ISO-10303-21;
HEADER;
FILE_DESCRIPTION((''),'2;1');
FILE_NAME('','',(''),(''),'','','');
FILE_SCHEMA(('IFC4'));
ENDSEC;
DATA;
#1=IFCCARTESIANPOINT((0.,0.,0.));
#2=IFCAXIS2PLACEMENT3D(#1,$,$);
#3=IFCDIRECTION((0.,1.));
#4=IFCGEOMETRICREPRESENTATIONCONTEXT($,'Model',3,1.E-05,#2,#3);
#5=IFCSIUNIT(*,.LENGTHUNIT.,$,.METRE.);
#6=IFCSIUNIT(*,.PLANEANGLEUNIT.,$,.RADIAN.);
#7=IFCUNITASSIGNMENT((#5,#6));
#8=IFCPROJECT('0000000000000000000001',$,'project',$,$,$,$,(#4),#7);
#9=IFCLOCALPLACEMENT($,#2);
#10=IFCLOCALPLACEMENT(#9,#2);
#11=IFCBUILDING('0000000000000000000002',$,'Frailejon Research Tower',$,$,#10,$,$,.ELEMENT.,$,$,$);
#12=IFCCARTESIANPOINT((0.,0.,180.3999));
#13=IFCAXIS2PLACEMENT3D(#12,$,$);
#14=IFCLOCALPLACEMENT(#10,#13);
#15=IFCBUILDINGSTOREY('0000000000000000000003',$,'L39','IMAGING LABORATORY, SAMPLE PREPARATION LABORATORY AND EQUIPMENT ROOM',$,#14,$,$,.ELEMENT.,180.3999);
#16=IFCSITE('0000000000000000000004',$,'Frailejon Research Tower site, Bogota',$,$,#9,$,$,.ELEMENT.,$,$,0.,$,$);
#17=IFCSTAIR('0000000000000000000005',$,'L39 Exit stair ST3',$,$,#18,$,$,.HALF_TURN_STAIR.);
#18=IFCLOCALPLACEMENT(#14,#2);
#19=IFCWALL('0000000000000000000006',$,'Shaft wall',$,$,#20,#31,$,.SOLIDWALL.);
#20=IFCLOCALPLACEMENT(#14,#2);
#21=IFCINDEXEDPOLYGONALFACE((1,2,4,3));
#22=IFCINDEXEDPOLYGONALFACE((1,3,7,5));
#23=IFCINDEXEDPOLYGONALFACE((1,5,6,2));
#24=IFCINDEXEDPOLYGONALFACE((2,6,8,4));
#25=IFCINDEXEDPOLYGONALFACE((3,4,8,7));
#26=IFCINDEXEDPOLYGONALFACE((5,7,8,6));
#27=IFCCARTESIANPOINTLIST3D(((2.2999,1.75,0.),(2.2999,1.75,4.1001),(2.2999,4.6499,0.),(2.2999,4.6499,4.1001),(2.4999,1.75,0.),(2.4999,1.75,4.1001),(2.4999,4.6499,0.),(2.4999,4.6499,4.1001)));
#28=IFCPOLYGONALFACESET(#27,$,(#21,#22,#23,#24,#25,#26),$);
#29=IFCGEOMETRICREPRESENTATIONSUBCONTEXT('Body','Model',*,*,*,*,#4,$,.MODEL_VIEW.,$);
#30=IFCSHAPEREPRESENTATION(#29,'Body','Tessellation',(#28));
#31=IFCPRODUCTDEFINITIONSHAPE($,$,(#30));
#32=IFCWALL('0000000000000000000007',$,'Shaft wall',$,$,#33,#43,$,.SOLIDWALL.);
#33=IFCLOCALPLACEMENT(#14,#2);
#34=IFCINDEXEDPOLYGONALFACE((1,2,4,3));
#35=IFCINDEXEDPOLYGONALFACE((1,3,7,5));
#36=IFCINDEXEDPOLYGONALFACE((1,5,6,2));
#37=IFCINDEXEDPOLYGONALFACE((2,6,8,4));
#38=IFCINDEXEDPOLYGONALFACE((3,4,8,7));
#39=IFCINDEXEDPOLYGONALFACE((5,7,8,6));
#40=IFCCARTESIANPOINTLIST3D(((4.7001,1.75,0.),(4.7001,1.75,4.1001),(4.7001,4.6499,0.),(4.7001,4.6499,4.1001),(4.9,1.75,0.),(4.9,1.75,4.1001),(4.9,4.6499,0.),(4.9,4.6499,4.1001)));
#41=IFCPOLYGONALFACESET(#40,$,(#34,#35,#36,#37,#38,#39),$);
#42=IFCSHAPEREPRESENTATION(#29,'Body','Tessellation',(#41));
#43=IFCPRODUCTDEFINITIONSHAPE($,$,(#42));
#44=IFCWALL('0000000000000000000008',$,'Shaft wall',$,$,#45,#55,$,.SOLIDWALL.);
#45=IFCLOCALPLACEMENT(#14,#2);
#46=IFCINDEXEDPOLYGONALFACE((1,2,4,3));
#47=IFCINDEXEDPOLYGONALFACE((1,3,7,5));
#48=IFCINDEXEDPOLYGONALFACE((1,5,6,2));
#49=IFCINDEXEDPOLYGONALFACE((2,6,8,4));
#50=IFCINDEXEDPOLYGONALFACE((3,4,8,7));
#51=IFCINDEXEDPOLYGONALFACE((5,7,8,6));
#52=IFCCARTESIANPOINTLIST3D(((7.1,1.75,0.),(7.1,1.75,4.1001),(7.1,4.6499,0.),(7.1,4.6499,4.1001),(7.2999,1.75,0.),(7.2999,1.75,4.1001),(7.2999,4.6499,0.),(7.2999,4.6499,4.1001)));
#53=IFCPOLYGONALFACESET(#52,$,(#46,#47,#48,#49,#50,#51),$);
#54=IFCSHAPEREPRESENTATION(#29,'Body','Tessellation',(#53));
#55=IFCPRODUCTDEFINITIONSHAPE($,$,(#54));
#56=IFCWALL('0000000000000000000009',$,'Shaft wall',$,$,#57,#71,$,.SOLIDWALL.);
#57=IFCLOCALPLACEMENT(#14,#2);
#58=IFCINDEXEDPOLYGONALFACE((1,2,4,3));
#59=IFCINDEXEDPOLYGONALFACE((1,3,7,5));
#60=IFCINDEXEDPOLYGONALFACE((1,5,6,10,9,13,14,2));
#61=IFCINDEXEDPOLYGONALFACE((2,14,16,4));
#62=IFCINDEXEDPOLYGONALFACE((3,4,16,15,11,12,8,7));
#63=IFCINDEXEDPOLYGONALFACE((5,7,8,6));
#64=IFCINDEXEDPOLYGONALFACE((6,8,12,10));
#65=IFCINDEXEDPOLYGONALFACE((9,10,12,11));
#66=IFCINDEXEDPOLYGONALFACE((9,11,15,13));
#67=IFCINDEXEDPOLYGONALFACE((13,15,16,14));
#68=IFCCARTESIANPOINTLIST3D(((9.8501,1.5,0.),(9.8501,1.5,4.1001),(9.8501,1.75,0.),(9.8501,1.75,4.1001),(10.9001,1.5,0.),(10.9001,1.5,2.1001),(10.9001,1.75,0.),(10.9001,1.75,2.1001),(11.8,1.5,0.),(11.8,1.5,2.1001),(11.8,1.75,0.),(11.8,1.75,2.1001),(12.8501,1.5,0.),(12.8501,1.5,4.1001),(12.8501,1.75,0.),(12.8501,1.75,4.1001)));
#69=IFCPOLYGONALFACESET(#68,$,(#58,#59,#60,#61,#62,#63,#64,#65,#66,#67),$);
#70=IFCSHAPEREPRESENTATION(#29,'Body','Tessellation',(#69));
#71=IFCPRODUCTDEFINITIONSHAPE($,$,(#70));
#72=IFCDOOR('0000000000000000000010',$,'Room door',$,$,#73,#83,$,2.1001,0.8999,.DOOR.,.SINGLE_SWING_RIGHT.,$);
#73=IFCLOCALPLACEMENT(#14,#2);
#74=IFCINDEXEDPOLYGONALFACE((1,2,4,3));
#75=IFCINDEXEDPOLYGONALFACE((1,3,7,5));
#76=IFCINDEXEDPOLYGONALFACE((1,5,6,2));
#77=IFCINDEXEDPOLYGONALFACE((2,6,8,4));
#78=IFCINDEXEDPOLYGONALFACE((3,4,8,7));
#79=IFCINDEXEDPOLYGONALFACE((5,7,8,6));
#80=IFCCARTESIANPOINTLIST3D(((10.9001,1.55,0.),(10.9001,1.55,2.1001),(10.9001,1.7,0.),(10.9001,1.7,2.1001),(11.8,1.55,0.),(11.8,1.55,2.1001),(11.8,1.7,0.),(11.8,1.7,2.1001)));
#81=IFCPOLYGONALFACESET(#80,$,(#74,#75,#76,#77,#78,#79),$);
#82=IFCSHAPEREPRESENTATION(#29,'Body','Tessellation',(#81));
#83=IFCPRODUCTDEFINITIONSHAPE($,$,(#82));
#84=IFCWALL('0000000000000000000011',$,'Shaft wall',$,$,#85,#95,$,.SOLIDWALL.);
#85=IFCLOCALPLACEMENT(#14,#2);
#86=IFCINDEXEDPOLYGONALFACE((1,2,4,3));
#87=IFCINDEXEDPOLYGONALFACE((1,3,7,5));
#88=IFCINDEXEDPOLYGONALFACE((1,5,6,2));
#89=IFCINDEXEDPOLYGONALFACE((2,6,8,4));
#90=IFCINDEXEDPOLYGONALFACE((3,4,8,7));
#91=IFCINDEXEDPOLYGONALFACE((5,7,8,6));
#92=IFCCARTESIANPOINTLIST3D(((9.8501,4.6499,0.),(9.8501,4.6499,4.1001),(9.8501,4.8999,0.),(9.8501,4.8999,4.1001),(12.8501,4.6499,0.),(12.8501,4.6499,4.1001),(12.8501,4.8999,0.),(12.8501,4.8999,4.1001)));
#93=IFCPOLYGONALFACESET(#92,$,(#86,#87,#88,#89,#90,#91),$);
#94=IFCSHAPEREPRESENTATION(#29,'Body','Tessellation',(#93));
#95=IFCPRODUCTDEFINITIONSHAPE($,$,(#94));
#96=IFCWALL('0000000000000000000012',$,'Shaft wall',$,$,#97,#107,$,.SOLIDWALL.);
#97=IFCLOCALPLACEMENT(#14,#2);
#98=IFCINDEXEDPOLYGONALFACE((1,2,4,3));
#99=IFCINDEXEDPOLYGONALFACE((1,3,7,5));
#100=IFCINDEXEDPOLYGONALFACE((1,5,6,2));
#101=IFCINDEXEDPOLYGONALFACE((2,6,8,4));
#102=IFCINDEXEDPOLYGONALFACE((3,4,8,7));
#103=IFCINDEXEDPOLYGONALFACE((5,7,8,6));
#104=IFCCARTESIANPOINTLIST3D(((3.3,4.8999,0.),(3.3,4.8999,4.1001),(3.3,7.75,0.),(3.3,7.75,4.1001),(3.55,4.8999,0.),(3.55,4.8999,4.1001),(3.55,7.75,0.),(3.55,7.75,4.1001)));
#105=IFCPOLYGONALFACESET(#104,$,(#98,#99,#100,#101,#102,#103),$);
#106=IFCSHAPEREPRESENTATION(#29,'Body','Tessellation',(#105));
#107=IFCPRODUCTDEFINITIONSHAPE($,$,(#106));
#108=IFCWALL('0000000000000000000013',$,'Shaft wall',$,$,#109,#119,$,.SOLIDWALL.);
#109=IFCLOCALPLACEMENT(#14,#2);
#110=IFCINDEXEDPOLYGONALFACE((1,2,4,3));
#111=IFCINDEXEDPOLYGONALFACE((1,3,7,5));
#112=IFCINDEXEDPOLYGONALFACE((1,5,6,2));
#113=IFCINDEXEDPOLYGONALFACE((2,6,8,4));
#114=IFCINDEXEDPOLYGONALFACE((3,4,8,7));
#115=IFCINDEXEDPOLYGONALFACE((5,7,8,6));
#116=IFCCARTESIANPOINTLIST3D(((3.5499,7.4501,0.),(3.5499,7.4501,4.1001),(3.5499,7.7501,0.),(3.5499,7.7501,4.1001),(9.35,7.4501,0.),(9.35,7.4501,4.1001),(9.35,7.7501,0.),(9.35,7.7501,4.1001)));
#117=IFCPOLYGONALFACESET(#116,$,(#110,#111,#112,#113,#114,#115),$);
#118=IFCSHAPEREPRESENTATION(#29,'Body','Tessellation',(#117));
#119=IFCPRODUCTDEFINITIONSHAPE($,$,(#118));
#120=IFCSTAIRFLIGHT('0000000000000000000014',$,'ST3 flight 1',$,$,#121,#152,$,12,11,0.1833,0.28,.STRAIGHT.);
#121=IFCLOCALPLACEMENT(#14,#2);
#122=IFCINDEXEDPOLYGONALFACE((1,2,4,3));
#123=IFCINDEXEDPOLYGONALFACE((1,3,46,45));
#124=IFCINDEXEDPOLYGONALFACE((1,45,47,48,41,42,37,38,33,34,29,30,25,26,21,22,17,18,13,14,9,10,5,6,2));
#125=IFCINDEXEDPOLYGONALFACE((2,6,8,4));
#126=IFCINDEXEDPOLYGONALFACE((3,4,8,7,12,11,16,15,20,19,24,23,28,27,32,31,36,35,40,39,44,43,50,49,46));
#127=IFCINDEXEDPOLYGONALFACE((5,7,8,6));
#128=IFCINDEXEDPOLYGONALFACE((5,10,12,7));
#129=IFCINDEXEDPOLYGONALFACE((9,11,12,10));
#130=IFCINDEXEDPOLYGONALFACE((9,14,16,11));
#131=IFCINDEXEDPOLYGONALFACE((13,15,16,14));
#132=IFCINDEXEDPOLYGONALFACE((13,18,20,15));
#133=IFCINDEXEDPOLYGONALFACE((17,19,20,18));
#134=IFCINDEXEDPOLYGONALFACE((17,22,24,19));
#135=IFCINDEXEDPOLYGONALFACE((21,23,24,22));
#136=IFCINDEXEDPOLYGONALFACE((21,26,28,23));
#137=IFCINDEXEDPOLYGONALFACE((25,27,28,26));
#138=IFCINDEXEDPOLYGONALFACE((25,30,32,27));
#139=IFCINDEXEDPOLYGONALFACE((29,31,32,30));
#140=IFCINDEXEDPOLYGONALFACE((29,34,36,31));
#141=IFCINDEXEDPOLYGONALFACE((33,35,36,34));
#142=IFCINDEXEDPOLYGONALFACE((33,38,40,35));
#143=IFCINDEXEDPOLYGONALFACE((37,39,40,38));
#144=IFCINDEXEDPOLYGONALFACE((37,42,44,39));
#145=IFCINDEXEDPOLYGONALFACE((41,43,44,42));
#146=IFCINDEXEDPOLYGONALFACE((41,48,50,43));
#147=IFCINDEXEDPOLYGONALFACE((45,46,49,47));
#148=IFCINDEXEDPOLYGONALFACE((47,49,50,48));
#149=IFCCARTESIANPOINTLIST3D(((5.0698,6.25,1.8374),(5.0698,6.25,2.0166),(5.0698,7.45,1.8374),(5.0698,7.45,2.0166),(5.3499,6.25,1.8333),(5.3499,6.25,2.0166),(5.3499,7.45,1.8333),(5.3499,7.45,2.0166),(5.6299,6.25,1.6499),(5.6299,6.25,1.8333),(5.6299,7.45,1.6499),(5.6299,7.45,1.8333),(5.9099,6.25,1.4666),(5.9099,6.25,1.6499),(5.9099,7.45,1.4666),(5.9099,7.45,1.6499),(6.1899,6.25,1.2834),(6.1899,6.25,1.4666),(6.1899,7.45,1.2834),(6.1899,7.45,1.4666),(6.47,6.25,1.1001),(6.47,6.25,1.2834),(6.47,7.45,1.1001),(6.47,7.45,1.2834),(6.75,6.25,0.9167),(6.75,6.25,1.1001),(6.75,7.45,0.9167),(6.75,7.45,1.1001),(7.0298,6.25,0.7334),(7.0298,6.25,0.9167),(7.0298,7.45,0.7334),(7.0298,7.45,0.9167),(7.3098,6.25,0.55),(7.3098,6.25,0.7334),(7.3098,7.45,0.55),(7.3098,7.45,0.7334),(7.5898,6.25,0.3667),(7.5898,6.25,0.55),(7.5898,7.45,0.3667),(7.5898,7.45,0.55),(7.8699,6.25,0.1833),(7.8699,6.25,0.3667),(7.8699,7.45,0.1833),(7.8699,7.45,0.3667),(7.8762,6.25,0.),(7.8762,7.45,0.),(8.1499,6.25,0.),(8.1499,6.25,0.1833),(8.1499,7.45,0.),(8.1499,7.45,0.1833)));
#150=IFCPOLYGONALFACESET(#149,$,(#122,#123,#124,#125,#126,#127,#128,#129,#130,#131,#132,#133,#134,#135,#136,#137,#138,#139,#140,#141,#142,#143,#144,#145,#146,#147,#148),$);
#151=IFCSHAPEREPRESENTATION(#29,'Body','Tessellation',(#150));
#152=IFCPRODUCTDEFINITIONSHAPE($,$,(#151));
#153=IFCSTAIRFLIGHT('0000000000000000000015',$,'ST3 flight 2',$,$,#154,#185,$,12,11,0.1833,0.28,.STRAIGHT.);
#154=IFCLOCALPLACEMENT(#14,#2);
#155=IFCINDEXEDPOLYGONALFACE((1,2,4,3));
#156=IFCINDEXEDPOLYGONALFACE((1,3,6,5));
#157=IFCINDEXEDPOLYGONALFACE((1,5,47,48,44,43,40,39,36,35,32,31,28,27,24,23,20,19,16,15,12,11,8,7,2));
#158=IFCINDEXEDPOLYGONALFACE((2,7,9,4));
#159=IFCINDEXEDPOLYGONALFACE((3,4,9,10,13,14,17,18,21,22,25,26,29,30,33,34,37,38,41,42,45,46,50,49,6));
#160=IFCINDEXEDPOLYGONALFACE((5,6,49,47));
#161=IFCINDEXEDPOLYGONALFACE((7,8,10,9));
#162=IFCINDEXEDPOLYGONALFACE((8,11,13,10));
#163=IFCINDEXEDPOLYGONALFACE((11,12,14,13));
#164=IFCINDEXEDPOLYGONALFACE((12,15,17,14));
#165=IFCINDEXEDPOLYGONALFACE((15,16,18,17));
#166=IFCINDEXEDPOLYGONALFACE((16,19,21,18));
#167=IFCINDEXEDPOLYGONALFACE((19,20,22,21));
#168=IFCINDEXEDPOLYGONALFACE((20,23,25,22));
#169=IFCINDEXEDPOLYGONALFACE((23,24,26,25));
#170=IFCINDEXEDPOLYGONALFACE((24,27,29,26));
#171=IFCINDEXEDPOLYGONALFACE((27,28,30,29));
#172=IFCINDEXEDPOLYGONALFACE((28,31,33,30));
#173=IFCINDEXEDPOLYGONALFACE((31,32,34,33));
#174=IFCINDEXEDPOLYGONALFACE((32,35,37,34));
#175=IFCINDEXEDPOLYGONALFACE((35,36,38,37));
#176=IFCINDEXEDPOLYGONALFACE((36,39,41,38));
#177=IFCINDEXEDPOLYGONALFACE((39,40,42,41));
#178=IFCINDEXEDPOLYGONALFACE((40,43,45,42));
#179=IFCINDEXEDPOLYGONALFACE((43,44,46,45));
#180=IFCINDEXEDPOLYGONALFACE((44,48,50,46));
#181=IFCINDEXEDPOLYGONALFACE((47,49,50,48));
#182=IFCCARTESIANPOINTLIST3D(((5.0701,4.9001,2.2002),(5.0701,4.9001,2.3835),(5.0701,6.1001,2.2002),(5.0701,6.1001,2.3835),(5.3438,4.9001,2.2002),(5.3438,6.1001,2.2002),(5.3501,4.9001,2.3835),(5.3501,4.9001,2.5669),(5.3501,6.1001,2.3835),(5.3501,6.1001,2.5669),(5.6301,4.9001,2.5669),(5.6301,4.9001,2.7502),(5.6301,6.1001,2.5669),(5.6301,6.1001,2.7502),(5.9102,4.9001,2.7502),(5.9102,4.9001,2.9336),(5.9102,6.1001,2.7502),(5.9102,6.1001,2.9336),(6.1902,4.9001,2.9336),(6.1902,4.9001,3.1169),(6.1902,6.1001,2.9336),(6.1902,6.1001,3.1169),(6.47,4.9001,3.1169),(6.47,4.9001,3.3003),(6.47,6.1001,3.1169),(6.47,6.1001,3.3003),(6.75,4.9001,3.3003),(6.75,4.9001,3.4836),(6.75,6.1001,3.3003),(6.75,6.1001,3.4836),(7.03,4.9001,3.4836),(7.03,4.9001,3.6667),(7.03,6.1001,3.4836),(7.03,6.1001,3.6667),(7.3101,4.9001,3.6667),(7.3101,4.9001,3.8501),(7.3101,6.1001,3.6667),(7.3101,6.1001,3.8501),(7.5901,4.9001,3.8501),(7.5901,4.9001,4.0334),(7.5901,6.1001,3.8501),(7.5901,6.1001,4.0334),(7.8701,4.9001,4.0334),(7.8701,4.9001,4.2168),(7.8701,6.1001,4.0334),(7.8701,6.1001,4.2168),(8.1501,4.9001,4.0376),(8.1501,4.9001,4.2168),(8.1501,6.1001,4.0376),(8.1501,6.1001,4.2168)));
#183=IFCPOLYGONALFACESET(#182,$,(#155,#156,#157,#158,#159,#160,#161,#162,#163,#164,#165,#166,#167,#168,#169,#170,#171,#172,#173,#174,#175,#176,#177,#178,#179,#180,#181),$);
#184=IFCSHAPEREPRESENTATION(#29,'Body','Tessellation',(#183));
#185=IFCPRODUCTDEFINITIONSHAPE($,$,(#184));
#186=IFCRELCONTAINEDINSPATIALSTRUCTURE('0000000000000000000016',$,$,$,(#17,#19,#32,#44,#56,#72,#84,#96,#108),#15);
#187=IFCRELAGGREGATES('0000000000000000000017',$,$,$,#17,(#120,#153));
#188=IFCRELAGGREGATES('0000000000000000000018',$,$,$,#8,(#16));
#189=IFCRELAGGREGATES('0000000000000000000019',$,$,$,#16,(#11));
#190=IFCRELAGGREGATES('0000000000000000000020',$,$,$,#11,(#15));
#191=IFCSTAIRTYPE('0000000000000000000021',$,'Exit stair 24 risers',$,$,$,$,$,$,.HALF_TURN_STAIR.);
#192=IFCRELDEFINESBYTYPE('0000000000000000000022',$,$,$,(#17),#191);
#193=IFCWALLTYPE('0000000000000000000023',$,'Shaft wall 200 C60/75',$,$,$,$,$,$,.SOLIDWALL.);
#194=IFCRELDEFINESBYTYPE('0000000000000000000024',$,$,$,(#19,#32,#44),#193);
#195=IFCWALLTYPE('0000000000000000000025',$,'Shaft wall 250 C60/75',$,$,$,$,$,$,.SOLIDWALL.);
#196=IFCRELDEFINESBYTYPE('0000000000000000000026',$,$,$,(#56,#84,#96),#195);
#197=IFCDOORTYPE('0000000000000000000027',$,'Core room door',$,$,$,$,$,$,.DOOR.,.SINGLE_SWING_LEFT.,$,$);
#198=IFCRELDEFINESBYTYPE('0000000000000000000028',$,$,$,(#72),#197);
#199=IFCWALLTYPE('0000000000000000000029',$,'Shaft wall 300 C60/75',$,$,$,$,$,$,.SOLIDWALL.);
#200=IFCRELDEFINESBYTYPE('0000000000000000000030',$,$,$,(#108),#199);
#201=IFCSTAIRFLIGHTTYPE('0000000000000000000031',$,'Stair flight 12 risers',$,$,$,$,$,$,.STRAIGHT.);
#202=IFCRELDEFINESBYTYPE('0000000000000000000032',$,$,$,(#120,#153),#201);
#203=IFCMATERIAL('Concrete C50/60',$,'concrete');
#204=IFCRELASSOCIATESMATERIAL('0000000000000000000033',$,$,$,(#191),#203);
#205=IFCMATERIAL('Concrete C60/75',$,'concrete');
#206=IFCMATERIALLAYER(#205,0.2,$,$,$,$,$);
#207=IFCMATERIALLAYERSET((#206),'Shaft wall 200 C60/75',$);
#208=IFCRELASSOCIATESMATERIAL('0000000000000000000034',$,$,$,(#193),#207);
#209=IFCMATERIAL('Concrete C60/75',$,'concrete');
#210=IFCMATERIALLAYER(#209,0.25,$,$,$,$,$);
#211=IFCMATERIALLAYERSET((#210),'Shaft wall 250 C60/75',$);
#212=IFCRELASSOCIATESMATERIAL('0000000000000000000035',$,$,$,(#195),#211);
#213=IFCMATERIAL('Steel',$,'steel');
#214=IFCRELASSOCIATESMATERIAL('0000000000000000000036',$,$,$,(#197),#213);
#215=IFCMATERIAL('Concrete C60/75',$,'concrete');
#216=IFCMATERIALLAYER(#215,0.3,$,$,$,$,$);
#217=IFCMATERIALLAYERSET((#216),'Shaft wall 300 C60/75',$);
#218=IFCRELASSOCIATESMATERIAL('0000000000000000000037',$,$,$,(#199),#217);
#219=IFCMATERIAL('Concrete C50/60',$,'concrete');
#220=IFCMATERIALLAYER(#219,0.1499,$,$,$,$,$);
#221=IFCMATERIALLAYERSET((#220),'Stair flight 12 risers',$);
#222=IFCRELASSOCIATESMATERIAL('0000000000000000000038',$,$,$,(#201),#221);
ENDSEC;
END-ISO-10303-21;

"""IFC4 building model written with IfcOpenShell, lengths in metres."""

from ifc_helpers import new_model, si_unit, direction, frame, frame_2d, origin, place, context, subcontext, project, spatial, polyline, rectangle, outline, extrude, material, layer, layer_set, type_object, element, fill, aggregate, save


model = new_model("IFC4")

# Units and contexts
model_context = context("Model", 3, precision=1e-05, world=origin(), true_north=direction((0.0, 1.0)))
body_context = subcontext(model_context, "Body", "Model", "MODEL_VIEW")
ifc_project = project(units=[si_unit("LENGTHUNIT", "METRE"), si_unit("PLANEANGLEUNIT", "RADIAN")], contexts=[model_context])

# Site, building, storey
site_placement = place(None, origin())
site = spatial("IfcSite", under=ifc_project, at=site_placement, Name="Frailejon Research Tower site, Bogota", CompositionType="ELEMENT", RefElevation=0.0)
building_placement = place(site_placement, origin())
building = spatial("IfcBuilding", under=site, at=building_placement, Name="Frailejon Research Tower", CompositionType="ELEMENT")
storey_placement = place(building_placement, frame((0.0, 0.0, 180.3999)))
storey = spatial("IfcBuildingStorey", under=building, at=storey_placement, Name="L39", Description="IMAGING LABORATORY, SAMPLE PREPARATION LABORATORY AND EQUIPMENT ROOM", CompositionType="ELEMENT", Elevation=180.3999)

# Stair
ifc_material_1 = material(Name="Concrete C50/60", Category="concrete")
stair_type = type_object("IfcStairType", Name="Exit stair 24 risers", PredefinedType="HALF_TURN_STAIR", material=ifc_material_1)
stair_1_placement = place(storey_placement, origin())
stair_1 = element("IfcStair", 1, at=stair_1_placement, inside=storey, type_object=stair_type, Name="L39 Exit stair ST3", PredefinedType="HALF_TURN_STAIR")

# Walls
ifc_material_2 = material(Name="Concrete C60/75", Category="concrete")
ifc_layer_1 = layer(ifc_material_2, 0.2)
ifc_layer_set_1 = layer_set([ifc_layer_1], Name="Shaft wall 200 C60/75")
wall_type_1 = type_object("IfcWallType", Name="Shaft wall 200 C60/75", PredefinedType="SOLIDWALL", material=ifc_layer_set_1)
for number, where, z_axis, x_axis, name in (
    (2, (2.3999, 1.75, 0.0), (0.0, 0.0, 1.0), (0.0, 1.0, 0.0), "Shaft wall"),
    (3, (4.8, 1.75, 0.0), (0.0, 0.0, 1.0), (0.0, 1.0, 0.0), "Shaft wall"),
    (4, (7.2, 1.75, 0.0), (0.0, 0.0, 1.0), (0.0, 1.0, 0.0), "Shaft wall"),
):
    element("IfcWall", number, at=place(storey_placement, frame(where, z_axis=z_axis, x_axis=x_axis)), inside=storey, type_object=wall_type_1, Name=name, PredefinedType="SOLIDWALL", context=body_context, shape_type="SweptSolid", body=[
        extrude(rectangle(XDim=2.8999, YDim=0.2, at=frame_2d((1.45, 0.0))), origin(), (0.0, 0.0, 1.0), 4.1001),
    ])

# Wall, opening, door
ifc_material_3 = material(Name="Concrete C60/75", Category="concrete")
ifc_layer_2 = layer(ifc_material_3, 0.25)
ifc_layer_set_2 = layer_set([ifc_layer_2], Name="Shaft wall 250 C60/75")
wall_type_2 = type_object("IfcWallType", Name="Shaft wall 250 C60/75", PredefinedType="SOLIDWALL", material=ifc_layer_set_2)
wall_1_placement = place(storey_placement, frame((9.8501, 1.625, 0.0), z_axis=(0.0, 0.0, 1.0), x_axis=(1.0, 0.0, 0.0)))
wall_1 = element("IfcWall", 5, at=wall_1_placement, inside=storey, type_object=wall_type_2, Name="Shaft wall", PredefinedType="SOLIDWALL", context=body_context, shape_type="SweptSolid", body=[
    extrude(rectangle(XDim=3.0, YDim=0.25, at=frame_2d((1.5, 0.0))), origin(), (0.0, 0.0, 1.0), 4.1001),
])
opening_1_placement = place(wall_1_placement, frame((1.05, 0.0, 0.0)))
opening_1 = element("IfcOpeningElement", 6, at=opening_1_placement, cuts=wall_1, PredefinedType="OPENING", context=body_context, shape_type="SweptSolid", body=[
    extrude(rectangle(XDim=0.8999, YDim=2.1001, at=frame_2d((0.45, 1.05))), frame((0.0, 0.135, 0.0), z_axis=(0.0, -1.0, 0.0), x_axis=(1.0, 0.0, 0.0)), (0.0, 0.0, 1.0), 0.27),
])
ifc_material_4 = material(Name="Steel", Category="steel")
door_type_1 = type_object("IfcDoorType", Name="Core room door", OperationType="SINGLE_SWING_LEFT", PredefinedType="DOOR", material=ifc_material_4)
door_1_placement = place(opening_1_placement, origin())
door_1 = element("IfcDoor", 7, at=door_1_placement, inside=storey, type_object=door_type_1, Name="Room door", OperationType="SINGLE_SWING_RIGHT", OverallHeight=2.1001, OverallWidth=0.8999, PredefinedType="DOOR", context=body_context, shape_type="SweptSolid", body=[
    extrude(rectangle(XDim=0.8999, YDim=2.1001, at=frame_2d((0.45, 1.05))), frame((0.0, 0.075, 0.0), z_axis=(0.0, -1.0, 0.0), x_axis=(1.0, 0.0, 0.0)), (0.0, 0.0, 1.0), 0.1499),
])
fill(opening_1, door_1)

# Walls
wall_2_placement = place(storey_placement, frame((9.8501, 4.7749, 0.0), z_axis=(0.0, 0.0, 1.0), x_axis=(1.0, 0.0, 0.0)))
element("IfcWall", 8, at=wall_2_placement, inside=storey, type_object=wall_type_2, Name="Shaft wall", PredefinedType="SOLIDWALL", context=body_context, shape_type="SweptSolid", body=[
    extrude(rectangle(XDim=3.0, YDim=0.25, at=frame_2d((1.5, 0.0))), origin(), (0.0, 0.0, 1.0), 4.1001),
])
wall_3_placement = place(storey_placement, frame((3.425, 4.8999, 0.0), z_axis=(0.0, 0.0, 1.0), x_axis=(0.0, 1.0, 0.0)))
element("IfcWall", 9, at=wall_3_placement, inside=storey, type_object=wall_type_2, Name="Shaft wall", PredefinedType="SOLIDWALL", context=body_context, shape_type="SweptSolid", body=[
    extrude(rectangle(XDim=2.8501, YDim=0.25, at=frame_2d((1.425, 0.0))), origin(), (0.0, 0.0, 1.0), 4.1001),
])
ifc_material_5 = material(Name="Concrete C60/75", Category="concrete")
ifc_layer_3 = layer(ifc_material_5, 0.3)
ifc_layer_set_3 = layer_set([ifc_layer_3], Name="Shaft wall 300 C60/75")
wall_type_3 = type_object("IfcWallType", Name="Shaft wall 300 C60/75", PredefinedType="SOLIDWALL", material=ifc_layer_set_3)
wall_4_placement = place(storey_placement, frame((3.55, 7.6001, 0.0), z_axis=(0.0, 0.0, 1.0), x_axis=(1.0, 0.0, 0.0)))
element("IfcWall", 10, at=wall_4_placement, inside=storey, type_object=wall_type_3, Name="Shaft wall", PredefinedType="SOLIDWALL", context=body_context, shape_type="SweptSolid", body=[
    extrude(rectangle(XDim=5.8, YDim=0.3, at=frame_2d((2.8999, 0.0))), origin(), (0.0, 0.0, 1.0), 4.1001),
])

# Stair flights
ifc_material_6 = material(Name="Concrete C50/60", Category="concrete")
ifc_layer_4 = layer(ifc_material_6, 0.1499)
ifc_layer_set_4 = layer_set([ifc_layer_4], Name="Stair flight 12 risers")
stair_flight_type = type_object("IfcStairFlightType", Name="Stair flight 12 risers", PredefinedType="STRAIGHT", material=ifc_layer_set_4)
stair_flight_1_placement = place(storey_placement, frame((8.1499, 6.8501, 0.0), z_axis=(0.0, 0.0, 1.0), x_axis=(-1.0, 0.0, 0.0)))
stair_flight_1 = element("IfcStairFlight", 11, at=stair_flight_1_placement, type_object=stair_flight_type, Name="ST3 flight 1", NumberOfRisers=12, NumberOfTreads=11, PredefinedType="STRAIGHT", RiserHeight=0.1833, TreadLength=0.28, context=body_context, shape_type="SweptSolid", body=[
    extrude(outline(polyline([(0.0, 0.0), (0.0, 0.1833), (0.28, 0.1833), (0.28, 0.3667), (0.5601, 0.3667), (0.5601, 0.55), (0.8401, 0.55), (0.8401, 0.7334), (1.1201, 0.7334), (1.1201, 0.9167), (1.3999, 0.9167), (1.3999, 1.1001), (1.6799, 1.1001), (1.6799, 1.2834), (1.96, 1.2834), (1.96, 1.4666), (2.24, 1.4666), (2.24, 1.6499), (2.52, 1.6499), (2.52, 1.8333), (2.8, 1.8333), (2.8, 2.0166), (3.0801, 2.0166), (3.0801, 2.2), (3.0801, 1.8374), (0.2737, 0.0), (0.0, 0.0)])), frame((0.0, 0.6001, 0.0), z_axis=(0.0, -1.0, 0.0), x_axis=(1.0, 0.0, 0.0)), (0.0, 0.0, 1.0), 1.2),
])
stair_flight_2_placement = place(storey_placement, frame((5.0701, 5.5, 2.2002), z_axis=(0.0, 0.0, 1.0), x_axis=(1.0, 0.0, 0.0)))
stair_flight_2 = element("IfcStairFlight", 12, at=stair_flight_2_placement, type_object=stair_flight_type, Name="ST3 flight 2", NumberOfRisers=12, NumberOfTreads=11, PredefinedType="STRAIGHT", RiserHeight=0.1833, TreadLength=0.28, context=body_context, shape_type="SweptSolid", body=[
    extrude(outline(polyline([(0.0, 0.0), (0.0, 0.1833), (0.28, 0.1833), (0.28, 0.3667), (0.5601, 0.3667), (0.5601, 0.55), (0.8401, 0.55), (0.8401, 0.7334), (1.1201, 0.7334), (1.1201, 0.9167), (1.3999, 0.9167), (1.3999, 1.1001), (1.6799, 1.1001), (1.6799, 1.2834), (1.96, 1.2834), (1.96, 1.4666), (2.24, 1.4666), (2.24, 1.6499), (2.52, 1.6499), (2.52, 1.8333), (2.8, 1.8333), (2.8, 2.0166), (3.0801, 2.0166), (3.0801, 2.2), (3.0801, 1.8374), (0.2737, 0.0), (0.0, 0.0)])), frame((0.0, 0.6001, 0.0), z_axis=(0.0, -1.0, 0.0), x_axis=(1.0, 0.0, 0.0)), (0.0, 0.0, 1.0), 1.2),
])
aggregate(stair_1, [stair_flight_1, stair_flight_2])

save(model, "model.ifc")
